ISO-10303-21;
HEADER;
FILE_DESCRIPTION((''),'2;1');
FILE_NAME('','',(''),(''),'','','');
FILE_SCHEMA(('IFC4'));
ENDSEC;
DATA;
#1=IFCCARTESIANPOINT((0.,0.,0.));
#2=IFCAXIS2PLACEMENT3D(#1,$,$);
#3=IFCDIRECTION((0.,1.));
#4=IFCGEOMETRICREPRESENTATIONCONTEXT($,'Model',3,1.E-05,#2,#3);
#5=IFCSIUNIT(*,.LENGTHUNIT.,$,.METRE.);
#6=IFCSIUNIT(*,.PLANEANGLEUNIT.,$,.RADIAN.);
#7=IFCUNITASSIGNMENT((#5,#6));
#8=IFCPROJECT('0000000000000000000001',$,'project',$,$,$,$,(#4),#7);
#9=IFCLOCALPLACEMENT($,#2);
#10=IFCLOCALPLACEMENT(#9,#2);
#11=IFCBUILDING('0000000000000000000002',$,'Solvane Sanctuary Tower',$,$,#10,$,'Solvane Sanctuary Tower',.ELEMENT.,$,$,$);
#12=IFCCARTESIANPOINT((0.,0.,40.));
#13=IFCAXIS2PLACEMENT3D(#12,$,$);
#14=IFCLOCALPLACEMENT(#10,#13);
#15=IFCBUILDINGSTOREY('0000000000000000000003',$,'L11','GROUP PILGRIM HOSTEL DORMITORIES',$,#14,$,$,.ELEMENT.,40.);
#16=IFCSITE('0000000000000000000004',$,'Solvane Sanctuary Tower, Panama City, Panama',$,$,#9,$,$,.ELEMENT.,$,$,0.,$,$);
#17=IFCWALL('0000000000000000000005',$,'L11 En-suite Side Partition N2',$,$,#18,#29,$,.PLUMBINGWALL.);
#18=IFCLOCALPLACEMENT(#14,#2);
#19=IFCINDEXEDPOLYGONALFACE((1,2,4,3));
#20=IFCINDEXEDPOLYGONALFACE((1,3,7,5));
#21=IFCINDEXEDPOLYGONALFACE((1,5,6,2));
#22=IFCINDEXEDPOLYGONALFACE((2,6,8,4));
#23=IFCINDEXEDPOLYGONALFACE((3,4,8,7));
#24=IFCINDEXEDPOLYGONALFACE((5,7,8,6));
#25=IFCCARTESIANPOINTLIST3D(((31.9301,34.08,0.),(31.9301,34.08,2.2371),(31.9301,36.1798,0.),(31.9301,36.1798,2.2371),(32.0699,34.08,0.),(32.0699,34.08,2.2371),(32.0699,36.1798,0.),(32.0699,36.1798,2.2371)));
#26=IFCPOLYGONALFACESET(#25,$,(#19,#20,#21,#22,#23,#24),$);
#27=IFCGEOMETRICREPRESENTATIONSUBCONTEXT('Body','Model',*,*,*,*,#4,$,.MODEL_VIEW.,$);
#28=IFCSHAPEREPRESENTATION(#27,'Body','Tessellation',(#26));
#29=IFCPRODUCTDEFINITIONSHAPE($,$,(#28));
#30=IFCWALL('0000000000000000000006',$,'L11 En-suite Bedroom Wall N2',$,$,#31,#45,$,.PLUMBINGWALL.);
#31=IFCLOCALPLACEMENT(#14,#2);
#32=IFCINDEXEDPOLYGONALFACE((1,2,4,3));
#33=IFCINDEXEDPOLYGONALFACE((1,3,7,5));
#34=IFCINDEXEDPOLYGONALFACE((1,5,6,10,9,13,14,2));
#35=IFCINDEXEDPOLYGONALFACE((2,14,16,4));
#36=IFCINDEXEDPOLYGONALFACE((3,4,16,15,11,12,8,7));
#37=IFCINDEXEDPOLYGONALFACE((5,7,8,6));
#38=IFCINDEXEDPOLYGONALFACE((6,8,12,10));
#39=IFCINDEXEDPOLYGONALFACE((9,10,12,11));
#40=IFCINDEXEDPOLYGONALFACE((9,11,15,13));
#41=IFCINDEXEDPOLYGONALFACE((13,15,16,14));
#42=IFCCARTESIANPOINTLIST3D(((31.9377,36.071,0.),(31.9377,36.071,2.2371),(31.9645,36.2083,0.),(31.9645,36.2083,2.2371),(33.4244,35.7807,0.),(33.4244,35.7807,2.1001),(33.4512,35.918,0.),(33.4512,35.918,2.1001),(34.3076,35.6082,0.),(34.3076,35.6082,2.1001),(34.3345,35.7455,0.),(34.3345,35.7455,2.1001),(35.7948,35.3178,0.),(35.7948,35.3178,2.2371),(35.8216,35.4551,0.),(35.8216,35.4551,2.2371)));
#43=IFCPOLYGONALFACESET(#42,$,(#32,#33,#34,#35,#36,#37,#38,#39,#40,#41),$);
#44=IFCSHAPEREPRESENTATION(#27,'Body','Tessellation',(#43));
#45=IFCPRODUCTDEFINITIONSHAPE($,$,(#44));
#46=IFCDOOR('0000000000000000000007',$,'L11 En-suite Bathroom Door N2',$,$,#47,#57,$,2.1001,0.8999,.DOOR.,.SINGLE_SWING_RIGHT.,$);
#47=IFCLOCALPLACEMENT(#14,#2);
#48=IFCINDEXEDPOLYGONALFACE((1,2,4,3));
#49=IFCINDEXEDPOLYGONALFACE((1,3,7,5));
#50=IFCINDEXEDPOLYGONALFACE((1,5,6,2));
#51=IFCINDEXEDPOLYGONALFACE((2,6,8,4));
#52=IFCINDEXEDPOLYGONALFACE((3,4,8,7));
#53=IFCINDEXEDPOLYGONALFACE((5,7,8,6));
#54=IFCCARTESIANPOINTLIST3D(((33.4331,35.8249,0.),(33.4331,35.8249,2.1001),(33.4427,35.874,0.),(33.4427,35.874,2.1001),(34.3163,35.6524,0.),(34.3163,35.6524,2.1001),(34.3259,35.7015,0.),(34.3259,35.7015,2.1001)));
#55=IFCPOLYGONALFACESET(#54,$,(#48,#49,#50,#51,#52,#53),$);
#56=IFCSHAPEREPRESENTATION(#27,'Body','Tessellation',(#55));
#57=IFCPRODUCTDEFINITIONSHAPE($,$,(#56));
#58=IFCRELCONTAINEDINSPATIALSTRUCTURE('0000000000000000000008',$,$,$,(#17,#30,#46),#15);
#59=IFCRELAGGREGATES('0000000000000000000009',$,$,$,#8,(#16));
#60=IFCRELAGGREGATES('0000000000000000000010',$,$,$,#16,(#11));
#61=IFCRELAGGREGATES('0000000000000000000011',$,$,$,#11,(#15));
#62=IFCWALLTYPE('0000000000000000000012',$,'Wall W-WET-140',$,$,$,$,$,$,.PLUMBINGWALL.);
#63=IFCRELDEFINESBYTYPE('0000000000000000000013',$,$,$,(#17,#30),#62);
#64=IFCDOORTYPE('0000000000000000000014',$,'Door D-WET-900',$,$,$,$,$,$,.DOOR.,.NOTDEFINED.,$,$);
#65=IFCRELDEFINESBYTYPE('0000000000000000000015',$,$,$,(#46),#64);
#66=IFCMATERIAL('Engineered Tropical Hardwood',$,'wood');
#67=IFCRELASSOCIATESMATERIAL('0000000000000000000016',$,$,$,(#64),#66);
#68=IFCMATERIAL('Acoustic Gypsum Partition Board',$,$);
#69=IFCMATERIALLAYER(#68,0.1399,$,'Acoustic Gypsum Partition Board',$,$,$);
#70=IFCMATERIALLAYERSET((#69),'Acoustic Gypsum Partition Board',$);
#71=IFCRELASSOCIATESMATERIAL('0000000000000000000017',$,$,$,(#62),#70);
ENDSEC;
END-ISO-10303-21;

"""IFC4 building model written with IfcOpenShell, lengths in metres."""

from ifc_helpers import new_model, si_unit, direction, frame, frame_2d, origin, place, context, subcontext, project, spatial, rectangle, extrude, material, layer, layer_set, type_object, element, fill, save


model = new_model("IFC4")

# Units and contexts
model_context = context("Model", 3, precision=1e-05, world=origin(), true_north=direction((0.0, 1.0)))
body_context = subcontext(model_context, "Body", "Model", "MODEL_VIEW")
ifc_project = project(units=[si_unit("LENGTHUNIT", "METRE"), si_unit("PLANEANGLEUNIT", "RADIAN")], contexts=[model_context])

# Site, building, storey
site_placement = place(None, origin())
site = spatial("IfcSite", under=ifc_project, at=site_placement, Name="Solvane Sanctuary Tower, Panama City, Panama", CompositionType="ELEMENT", RefElevation=0.0)
building_placement = place(site_placement, origin())
building = spatial("IfcBuilding", under=site, at=building_placement, Name="Solvane Sanctuary Tower", LongName="Solvane Sanctuary Tower", CompositionType="ELEMENT")
storey_placement = place(building_placement, frame((0.0, 0.0, 40.0)))
storey = spatial("IfcBuildingStorey", under=building, at=storey_placement, Name="L11", Description="GROUP PILGRIM HOSTEL DORMITORIES", CompositionType="ELEMENT", Elevation=40.0)

# Shared definitions
ifc_material_1 = material(Name="Acoustic Gypsum Partition Board")

# Shared definitions
ifc_material_2 = material(Name="Engineered Tropical Hardwood", Category="wood")
door_type_1 = type_object("IfcDoorType", Name="Door D-WET-900", OperationType="NOTDEFINED", PredefinedType="DOOR", material=ifc_material_2)

# Wall
ifc_layer_1 = layer(ifc_material_1, 0.1399, Name="Acoustic Gypsum Partition Board")
ifc_layer_set_1 = layer_set([ifc_layer_1], Name="Acoustic Gypsum Partition Board")
wall_type_1 = type_object("IfcWallType", Name="Wall W-WET-140", PredefinedType="PLUMBINGWALL", material=ifc_layer_set_1)
wall_1_placement = place(storey_placement, frame((32.0, 34.0801, 0.0), z_axis=(0.0, 0.0, 1.0), x_axis=(0.0, 1.0, 0.0)))
element("IfcWall", 1, at=wall_1_placement, inside=storey, type_object=wall_type_1, Name="L11 En-suite Side Partition N2", PredefinedType="PLUMBINGWALL", context=body_context, shape_type="SweptSolid", body=[
    extrude(rectangle(XDim=2.0999, YDim=0.1399, at=frame_2d((1.0498, 0.0))), origin(), (0.0, 0.0, 1.0), 2.2371),
])

# Wall, opening, door
wall_2_placement = place(storey_placement, frame((35.8081, 35.3865, 0.0), z_axis=(0.0, 0.0, 1.0), x_axis=(-0.981464, 0.191646, 0.0)))
wall_2 = element("IfcWall", 2, at=wall_2_placement, inside=storey, type_object=wall_type_1, Name="L11 En-suite Bedroom Wall N2", PredefinedType="PLUMBINGWALL", context=body_context, shape_type="SweptSolid", body=[
    extrude(rectangle(XDim=3.9299, YDim=0.1399, at=frame_2d((1.9648, 0.0))), origin(), (0.0, 0.0, 1.0), 2.2371),
])
opening_1_placement = place(wall_2_placement, frame((1.5151, 0.0, 0.0)))
opening_1 = element("IfcOpeningElement", 3, at=opening_1_placement, cuts=wall_2, PredefinedType="OPENING", context=body_context, shape_type="SweptSolid", body=[
    extrude(rectangle(XDim=0.8999, YDim=2.1001, at=frame_2d((0.45, 1.05))), frame((0.0, 0.0798, 0.0), z_axis=(0.0, -1.0, 0.0), x_axis=(1.0, 0.0, 0.0)), (0.0, 0.0, 1.0), 0.1599),
])
door_1_placement = place(opening_1_placement, origin())
door_1 = element("IfcDoor", 4, at=door_1_placement, inside=storey, type_object=door_type_1, Name="L11 En-suite Bathroom Door N2", OperationType="SINGLE_SWING_RIGHT", OverallHeight=2.1001, OverallWidth=0.8999, PredefinedType="DOOR", context=body_context, shape_type="SweptSolid", body=[
    extrude(rectangle(XDim=0.8999, YDim=2.1001, at=frame_2d((0.45, 1.05))), frame((0.0, 0.0249, 0.0), z_axis=(0.0, -1.0, 0.0), x_axis=(1.0, 0.0, 0.0)), (0.0, 0.0, 1.0), 0.05),
])
fill(opening_1, door_1)

save(model, "model.ifc")
